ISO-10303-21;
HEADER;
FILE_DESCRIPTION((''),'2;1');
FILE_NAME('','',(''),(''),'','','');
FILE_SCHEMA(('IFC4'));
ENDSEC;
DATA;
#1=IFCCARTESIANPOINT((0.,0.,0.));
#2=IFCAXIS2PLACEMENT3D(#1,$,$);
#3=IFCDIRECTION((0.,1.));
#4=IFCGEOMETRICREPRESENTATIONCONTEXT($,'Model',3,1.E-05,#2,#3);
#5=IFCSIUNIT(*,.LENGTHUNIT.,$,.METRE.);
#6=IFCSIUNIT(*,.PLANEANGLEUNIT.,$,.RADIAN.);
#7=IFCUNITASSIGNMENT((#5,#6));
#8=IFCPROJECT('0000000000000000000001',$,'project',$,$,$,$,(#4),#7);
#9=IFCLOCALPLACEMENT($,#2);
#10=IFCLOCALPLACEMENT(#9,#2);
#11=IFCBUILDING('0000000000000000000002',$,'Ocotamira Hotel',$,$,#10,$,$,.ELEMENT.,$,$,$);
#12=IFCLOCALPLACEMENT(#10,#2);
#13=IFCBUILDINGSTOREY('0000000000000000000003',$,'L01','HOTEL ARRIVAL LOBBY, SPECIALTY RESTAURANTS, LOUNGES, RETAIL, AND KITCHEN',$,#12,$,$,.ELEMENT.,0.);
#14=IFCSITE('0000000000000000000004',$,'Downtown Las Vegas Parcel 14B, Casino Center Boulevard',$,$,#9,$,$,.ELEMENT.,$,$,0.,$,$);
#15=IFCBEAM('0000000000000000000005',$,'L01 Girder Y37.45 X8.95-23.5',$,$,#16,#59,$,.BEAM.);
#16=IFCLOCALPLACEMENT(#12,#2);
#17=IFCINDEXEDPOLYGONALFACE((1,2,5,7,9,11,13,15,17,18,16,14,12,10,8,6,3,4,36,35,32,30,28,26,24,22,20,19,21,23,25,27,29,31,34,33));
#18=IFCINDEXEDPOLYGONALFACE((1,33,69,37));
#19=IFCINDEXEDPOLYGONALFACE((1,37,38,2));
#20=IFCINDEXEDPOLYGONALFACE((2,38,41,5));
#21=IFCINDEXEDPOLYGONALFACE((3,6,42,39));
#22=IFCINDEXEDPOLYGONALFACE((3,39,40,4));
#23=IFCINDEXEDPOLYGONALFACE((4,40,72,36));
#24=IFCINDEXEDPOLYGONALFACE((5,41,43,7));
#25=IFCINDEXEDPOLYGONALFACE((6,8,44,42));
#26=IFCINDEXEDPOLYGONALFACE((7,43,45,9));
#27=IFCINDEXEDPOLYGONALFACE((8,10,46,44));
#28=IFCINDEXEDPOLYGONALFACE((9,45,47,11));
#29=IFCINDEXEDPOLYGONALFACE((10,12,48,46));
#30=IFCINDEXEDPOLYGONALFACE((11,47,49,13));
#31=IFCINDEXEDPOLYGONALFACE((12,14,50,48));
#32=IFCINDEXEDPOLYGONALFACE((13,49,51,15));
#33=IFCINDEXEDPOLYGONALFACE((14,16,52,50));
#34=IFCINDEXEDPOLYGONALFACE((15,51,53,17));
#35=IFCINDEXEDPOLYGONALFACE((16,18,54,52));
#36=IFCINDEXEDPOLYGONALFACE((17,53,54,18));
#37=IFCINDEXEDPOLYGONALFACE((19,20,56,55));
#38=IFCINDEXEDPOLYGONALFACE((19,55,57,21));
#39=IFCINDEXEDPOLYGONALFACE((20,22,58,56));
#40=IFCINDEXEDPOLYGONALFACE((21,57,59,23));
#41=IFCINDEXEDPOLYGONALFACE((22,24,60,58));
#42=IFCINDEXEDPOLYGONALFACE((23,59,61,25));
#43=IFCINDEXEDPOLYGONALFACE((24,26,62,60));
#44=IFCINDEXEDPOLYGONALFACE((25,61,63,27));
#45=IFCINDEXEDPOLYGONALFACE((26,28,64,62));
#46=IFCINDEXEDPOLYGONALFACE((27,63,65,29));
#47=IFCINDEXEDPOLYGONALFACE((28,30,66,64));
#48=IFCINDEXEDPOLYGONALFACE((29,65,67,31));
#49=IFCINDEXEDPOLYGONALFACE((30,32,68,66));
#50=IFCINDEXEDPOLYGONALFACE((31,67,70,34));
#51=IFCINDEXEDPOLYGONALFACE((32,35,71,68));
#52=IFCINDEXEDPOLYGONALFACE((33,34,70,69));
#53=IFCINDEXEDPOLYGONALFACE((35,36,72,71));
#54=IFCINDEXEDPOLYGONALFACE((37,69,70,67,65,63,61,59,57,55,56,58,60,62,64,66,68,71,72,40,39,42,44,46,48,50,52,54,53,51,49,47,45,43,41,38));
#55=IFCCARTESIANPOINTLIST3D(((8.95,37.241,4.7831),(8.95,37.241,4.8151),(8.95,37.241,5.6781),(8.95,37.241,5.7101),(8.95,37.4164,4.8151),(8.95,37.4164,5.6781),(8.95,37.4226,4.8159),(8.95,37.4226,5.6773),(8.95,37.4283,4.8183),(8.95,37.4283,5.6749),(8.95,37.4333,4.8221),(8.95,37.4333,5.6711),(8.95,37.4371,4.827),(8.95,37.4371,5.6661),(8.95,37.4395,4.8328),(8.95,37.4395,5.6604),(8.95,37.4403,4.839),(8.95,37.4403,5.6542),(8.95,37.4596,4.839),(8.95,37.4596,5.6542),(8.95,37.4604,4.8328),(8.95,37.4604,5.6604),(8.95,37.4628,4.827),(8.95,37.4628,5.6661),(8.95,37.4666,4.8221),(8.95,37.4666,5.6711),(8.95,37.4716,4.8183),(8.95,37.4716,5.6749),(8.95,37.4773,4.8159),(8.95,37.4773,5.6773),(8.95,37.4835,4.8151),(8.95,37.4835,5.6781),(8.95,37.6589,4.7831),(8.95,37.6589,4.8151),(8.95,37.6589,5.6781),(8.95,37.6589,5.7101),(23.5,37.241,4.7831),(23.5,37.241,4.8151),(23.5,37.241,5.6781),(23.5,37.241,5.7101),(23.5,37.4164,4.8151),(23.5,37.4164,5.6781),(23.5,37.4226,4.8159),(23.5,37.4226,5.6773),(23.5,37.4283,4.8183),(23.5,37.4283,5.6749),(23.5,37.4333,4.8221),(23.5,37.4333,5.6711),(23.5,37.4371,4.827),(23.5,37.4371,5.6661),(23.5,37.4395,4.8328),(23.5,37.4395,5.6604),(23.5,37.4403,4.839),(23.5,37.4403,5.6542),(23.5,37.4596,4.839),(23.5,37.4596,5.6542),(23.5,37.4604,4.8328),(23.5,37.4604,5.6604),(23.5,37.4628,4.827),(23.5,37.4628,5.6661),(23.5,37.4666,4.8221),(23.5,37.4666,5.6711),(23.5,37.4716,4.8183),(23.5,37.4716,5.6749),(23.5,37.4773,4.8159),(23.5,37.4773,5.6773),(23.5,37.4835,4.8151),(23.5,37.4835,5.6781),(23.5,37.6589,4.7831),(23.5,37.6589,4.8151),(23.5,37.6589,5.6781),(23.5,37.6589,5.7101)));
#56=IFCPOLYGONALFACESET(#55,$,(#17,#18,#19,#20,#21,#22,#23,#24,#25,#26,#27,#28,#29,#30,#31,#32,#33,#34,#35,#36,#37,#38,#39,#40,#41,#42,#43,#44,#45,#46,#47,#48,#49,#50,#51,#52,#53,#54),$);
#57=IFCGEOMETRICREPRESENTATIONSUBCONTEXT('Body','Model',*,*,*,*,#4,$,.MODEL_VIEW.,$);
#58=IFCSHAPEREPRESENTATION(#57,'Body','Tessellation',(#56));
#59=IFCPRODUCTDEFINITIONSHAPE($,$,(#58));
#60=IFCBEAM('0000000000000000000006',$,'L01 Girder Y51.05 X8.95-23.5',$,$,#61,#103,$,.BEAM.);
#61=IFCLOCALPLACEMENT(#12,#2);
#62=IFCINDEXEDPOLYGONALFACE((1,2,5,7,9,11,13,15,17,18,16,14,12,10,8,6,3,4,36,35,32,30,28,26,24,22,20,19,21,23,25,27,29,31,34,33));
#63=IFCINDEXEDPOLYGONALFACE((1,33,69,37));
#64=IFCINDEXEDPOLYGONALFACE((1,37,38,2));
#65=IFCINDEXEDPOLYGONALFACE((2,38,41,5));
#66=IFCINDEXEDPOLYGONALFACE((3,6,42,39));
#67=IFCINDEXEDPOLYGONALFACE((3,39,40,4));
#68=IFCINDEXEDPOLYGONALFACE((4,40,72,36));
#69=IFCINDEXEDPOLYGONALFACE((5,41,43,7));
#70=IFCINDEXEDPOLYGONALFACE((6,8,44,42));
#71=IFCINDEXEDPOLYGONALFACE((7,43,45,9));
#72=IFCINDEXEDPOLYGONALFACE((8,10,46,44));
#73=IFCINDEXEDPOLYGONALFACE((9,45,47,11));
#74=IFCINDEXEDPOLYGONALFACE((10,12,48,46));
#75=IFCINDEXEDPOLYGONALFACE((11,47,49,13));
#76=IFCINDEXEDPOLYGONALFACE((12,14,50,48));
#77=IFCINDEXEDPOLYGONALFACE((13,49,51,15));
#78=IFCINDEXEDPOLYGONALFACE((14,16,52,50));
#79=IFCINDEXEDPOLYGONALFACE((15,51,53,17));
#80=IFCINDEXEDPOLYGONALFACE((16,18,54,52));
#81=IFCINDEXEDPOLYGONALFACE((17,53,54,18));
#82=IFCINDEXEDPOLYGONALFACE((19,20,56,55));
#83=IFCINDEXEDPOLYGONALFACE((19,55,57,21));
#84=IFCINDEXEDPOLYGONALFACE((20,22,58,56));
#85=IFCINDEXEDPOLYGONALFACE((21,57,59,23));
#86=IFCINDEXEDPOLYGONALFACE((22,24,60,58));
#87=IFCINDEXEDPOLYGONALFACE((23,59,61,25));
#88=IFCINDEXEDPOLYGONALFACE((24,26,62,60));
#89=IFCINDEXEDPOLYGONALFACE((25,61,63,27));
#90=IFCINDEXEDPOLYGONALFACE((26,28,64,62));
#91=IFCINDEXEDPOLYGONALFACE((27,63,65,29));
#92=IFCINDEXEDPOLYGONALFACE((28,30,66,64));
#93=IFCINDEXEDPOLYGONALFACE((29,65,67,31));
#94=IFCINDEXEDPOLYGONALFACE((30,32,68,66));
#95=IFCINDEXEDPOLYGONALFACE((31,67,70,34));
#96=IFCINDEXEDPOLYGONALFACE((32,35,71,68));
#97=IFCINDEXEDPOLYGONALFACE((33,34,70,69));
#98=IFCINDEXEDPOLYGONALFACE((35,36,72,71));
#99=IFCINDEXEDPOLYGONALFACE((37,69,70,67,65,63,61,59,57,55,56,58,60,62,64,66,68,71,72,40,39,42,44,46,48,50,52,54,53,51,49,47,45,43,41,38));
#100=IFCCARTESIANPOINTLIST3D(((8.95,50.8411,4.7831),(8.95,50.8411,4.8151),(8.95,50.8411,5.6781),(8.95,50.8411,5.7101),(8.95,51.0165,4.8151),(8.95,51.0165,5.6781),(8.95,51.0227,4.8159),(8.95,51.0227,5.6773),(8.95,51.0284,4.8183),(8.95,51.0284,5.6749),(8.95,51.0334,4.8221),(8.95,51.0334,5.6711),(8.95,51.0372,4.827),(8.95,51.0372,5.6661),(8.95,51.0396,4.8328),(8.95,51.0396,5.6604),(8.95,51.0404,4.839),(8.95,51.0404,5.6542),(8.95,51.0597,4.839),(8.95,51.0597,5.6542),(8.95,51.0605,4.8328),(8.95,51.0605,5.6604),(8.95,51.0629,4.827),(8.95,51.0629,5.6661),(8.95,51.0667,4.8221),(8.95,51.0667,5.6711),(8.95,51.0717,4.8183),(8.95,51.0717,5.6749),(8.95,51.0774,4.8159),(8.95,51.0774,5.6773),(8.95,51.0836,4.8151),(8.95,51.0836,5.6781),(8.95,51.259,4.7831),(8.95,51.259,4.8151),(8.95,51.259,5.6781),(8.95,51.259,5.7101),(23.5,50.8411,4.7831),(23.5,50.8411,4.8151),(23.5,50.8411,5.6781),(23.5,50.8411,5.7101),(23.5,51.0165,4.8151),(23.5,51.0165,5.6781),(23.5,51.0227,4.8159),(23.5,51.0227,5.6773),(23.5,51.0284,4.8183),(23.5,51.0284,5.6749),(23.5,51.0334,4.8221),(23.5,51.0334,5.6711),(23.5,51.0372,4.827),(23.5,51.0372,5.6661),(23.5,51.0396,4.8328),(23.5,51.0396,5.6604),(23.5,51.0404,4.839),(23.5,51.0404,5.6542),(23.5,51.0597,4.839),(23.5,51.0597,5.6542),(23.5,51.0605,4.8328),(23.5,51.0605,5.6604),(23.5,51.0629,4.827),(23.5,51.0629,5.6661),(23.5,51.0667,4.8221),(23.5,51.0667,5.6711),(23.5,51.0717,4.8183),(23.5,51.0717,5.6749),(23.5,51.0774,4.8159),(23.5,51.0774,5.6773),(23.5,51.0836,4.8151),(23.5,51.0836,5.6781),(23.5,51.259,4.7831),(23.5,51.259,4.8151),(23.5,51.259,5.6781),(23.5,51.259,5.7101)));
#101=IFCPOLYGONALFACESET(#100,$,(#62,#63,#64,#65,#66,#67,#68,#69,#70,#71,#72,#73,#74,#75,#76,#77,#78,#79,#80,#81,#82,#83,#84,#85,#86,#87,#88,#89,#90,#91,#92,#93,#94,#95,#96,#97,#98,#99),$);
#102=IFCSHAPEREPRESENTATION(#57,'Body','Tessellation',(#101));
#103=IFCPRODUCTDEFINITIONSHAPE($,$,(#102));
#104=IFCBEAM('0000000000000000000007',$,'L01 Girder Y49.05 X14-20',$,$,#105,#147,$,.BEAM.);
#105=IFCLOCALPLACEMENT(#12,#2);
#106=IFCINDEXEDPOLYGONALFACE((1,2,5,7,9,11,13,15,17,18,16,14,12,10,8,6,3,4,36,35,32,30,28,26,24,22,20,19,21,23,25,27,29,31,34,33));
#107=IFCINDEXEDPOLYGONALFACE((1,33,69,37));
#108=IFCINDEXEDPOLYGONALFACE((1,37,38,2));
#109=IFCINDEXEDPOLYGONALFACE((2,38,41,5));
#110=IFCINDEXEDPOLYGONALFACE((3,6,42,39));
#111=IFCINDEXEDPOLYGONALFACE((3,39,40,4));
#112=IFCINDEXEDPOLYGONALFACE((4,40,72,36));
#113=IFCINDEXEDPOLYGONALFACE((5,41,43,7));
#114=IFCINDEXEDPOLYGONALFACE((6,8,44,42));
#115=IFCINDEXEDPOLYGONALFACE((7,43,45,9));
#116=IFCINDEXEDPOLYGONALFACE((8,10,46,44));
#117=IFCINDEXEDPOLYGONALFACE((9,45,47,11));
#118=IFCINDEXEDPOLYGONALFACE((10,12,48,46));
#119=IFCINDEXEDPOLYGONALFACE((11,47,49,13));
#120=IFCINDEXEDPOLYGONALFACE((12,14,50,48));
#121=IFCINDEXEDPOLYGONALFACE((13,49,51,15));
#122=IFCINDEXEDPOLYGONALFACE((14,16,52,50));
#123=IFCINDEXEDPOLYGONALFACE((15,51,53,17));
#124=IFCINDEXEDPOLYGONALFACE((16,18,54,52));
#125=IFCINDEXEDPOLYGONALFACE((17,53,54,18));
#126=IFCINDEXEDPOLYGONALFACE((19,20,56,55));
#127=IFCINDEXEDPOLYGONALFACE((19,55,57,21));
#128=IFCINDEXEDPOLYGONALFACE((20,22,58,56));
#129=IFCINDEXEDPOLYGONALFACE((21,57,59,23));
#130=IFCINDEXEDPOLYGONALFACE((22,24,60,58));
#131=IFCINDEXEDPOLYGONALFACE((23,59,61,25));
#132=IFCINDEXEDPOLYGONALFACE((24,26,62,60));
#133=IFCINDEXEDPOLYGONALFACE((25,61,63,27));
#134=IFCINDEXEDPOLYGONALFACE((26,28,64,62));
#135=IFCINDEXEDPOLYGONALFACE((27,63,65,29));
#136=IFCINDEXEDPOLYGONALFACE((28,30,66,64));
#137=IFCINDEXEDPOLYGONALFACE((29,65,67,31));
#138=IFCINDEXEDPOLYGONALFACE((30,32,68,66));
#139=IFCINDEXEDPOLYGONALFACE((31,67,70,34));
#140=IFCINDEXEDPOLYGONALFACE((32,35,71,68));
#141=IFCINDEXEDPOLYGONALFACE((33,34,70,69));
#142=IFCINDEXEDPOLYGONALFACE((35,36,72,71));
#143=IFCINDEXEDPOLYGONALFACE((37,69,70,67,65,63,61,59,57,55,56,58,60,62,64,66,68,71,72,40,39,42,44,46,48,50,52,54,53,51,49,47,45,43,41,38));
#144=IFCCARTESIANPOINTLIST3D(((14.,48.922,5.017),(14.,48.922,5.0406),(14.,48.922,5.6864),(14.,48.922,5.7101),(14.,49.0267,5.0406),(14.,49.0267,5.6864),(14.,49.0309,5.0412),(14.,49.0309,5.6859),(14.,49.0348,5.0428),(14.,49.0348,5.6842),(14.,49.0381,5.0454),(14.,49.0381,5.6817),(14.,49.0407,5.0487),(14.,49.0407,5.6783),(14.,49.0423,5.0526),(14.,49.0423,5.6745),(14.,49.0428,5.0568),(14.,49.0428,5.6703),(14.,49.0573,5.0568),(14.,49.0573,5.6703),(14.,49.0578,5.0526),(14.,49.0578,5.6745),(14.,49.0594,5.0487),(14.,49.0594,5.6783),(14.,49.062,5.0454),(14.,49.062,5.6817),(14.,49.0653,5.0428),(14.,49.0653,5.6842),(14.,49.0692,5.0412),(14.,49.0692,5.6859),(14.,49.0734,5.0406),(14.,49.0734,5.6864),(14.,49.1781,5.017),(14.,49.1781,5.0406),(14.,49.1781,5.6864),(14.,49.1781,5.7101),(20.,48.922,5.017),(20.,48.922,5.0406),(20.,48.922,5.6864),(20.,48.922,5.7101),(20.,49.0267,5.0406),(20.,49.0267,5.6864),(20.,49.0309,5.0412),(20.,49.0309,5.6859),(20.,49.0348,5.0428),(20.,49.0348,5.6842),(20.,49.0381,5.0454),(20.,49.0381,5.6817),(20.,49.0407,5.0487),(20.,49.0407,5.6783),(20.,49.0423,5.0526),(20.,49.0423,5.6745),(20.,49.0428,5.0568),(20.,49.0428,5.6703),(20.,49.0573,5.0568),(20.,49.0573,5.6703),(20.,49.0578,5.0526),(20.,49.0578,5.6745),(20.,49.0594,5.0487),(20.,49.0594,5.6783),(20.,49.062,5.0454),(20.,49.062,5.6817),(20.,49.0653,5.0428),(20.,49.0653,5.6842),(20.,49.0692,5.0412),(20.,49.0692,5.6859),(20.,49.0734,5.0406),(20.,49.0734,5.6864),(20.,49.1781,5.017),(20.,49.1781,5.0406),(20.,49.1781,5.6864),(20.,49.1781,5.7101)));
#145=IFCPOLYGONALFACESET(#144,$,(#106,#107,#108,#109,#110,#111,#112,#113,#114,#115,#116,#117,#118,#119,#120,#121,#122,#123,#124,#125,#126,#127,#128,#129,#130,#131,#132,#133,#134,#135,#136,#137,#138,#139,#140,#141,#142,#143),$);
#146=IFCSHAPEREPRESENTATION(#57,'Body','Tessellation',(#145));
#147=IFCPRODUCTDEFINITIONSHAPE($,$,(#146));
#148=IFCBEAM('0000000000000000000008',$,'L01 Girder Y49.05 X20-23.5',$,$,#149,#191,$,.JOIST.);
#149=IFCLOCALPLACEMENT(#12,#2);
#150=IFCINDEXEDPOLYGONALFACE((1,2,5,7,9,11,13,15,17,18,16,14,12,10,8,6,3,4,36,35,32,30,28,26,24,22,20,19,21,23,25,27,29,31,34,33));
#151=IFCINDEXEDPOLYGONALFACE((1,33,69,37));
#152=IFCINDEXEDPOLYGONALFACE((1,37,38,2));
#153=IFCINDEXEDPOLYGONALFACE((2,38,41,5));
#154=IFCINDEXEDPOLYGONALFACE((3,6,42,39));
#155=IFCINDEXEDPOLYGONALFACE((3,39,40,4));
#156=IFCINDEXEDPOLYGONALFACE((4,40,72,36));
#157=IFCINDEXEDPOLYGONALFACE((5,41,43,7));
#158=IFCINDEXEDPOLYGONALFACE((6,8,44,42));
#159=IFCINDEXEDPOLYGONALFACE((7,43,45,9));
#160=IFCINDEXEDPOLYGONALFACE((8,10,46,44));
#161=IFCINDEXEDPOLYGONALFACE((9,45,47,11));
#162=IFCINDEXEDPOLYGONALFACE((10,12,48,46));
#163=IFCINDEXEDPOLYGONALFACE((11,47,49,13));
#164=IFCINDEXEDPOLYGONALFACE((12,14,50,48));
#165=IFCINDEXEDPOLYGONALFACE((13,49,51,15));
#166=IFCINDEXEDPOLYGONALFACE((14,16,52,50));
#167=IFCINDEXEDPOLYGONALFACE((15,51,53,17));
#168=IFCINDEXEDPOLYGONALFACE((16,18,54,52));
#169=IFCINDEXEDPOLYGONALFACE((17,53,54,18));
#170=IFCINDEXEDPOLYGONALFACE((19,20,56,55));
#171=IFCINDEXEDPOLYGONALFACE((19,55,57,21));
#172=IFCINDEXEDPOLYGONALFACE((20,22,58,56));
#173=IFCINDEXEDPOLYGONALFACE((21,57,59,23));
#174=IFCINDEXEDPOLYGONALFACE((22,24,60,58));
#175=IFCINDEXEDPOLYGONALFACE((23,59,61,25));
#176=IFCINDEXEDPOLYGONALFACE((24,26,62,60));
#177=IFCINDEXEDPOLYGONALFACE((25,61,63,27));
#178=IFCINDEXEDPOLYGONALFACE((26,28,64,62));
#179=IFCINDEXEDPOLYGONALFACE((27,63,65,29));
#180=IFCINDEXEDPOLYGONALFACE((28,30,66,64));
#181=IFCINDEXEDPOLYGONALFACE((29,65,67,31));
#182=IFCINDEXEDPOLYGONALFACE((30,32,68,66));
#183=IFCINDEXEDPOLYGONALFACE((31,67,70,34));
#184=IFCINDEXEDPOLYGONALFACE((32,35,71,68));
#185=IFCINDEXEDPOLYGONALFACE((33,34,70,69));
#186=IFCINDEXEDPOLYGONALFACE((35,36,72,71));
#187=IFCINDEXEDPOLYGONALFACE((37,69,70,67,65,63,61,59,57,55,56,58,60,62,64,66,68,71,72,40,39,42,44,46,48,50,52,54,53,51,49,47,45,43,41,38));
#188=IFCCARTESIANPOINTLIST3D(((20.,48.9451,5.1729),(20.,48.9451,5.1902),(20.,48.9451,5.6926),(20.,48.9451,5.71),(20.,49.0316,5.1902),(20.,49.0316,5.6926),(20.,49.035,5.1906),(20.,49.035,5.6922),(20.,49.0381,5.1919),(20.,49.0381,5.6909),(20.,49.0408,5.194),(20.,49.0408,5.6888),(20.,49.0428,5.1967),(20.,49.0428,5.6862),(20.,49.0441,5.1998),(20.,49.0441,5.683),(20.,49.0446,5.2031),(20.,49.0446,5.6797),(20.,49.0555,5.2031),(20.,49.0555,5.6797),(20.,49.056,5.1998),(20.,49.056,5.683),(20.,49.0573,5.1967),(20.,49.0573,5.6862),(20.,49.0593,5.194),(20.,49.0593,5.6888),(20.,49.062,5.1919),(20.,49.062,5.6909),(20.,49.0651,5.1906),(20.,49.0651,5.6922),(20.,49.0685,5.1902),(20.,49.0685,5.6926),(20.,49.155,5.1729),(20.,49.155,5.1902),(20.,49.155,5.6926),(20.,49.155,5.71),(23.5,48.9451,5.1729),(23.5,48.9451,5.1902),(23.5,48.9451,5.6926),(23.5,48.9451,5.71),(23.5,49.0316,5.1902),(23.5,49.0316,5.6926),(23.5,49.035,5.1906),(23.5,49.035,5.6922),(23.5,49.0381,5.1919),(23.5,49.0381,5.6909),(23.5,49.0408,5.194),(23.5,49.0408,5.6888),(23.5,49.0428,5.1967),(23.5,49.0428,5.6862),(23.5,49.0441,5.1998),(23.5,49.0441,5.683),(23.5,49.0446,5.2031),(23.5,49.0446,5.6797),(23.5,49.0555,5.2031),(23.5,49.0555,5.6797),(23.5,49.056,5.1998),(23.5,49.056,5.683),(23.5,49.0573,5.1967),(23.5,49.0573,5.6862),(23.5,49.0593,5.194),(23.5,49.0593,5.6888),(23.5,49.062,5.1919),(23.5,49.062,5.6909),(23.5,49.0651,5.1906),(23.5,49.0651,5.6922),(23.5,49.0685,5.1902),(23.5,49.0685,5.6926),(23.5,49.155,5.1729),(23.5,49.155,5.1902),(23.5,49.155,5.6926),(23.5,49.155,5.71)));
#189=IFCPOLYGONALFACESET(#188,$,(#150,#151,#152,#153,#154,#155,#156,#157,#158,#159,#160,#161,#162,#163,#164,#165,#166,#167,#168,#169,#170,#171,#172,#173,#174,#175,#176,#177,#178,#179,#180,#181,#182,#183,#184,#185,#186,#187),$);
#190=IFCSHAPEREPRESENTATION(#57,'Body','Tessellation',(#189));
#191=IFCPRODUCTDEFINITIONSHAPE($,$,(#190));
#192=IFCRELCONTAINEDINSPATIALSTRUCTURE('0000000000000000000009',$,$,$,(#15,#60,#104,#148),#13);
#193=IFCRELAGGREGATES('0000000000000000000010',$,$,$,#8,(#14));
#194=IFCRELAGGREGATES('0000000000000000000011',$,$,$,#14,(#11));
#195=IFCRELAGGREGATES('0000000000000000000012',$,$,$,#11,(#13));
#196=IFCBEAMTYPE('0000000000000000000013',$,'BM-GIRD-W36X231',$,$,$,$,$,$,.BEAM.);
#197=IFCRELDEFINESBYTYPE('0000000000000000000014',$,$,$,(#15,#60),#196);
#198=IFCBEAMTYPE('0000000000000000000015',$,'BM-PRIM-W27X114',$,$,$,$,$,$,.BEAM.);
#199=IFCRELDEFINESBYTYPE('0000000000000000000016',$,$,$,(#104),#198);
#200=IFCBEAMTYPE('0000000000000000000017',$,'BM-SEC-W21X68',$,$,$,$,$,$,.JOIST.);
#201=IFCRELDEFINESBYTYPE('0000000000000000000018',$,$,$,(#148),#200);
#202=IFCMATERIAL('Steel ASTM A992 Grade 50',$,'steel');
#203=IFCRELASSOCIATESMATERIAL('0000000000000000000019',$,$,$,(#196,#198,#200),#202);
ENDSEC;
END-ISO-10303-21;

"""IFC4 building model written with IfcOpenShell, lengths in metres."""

from ifc_helpers import new_model, si_unit, direction, frame, origin, origin_2d, place, context, subcontext, project, spatial, i_section, extrude, source, transform, mapped, material, material_profile, profile_set, type_object, element, save


model = new_model("IFC4")

# Units and contexts
model_context = context("Model", 3, precision=1e-05, world=origin(), true_north=direction((0.0, 1.0)))
body_context = subcontext(model_context, "Body", "Model", "MODEL_VIEW")
ifc_project = project(units=[si_unit("LENGTHUNIT", "METRE"), si_unit("PLANEANGLEUNIT", "RADIAN")], contexts=[model_context])

# Site, building, storey
site_placement = place(None, origin())
site = spatial("IfcSite", under=ifc_project, at=site_placement, Name="Downtown Las Vegas Parcel 14B, Casino Center Boulevard", CompositionType="ELEMENT", RefElevation=0.0)
building_placement = place(site_placement, origin())
building = spatial("IfcBuilding", under=site, at=building_placement, Name="Ocotamira Hotel", CompositionType="ELEMENT")
storey_placement = place(building_placement, origin())
storey = spatial("IfcBuildingStorey", under=building, at=storey_placement, Name="L01", Description="HOTEL ARRIVAL LOBBY, SPECIALTY RESTAURANTS, LOUNGES, RETAIL, AND KITCHEN", CompositionType="ELEMENT", Elevation=0.0)

# Beams
ifc_material_1 = material(Name="Steel ASTM A992 Grade 50", Category="steel")
ifc_material_profile_1 = material_profile(ifc_material_1, i_section(OverallWidth=0.418, OverallDepth=0.927, WebThickness=0.0193, FlangeThickness=0.032, FilletRadius=0.0239, at=origin_2d()), Name="W36X231")
ifc_profile_set_1 = profile_set([ifc_material_profile_1], Name="Steel ASTM A992 Grade 50")
beam_type_1 = type_object("IfcBeamType", Name="BM-GIRD-W36X231", PredefinedType="BEAM", material=ifc_profile_set_1)
shared_shape_1 = source(origin(), body_context, "Body", "SweptSolid", [
    extrude(i_section(OverallWidth=0.418, OverallDepth=0.927, WebThickness=0.0193, FlangeThickness=0.032, FilletRadius=0.0239, at=origin_2d()), origin(), (0.0, 0.0, 1.0), 14.55),
])
for number, where, z_axis, x_axis, name in (
    (1, (8.95, 37.45, 5.2466), (1.0, 0.0, 0.0), (0.0, 1.0, 0.0), "L01 Girder Y37.45 X8.95-23.5"),
    (2, (8.95, 51.05, 5.2466), (1.0, 0.0, 0.0), (0.0, 1.0, 0.0), "L01 Girder Y51.05 X8.95-23.5"),
):
    element("IfcBeam", number, at=place(storey_placement, frame(where, z_axis=z_axis, x_axis=x_axis)), inside=storey, type_object=beam_type_1, Name=name, PredefinedType="BEAM", context=body_context, shape_type="MappedRepresentation", body=[
        mapped(shared_shape_1, transform((0.0, 0.0, 0.0), scale=1.0)),
    ])
ifc_material_profile_2 = material_profile(ifc_material_1, i_section(OverallWidth=0.2561, OverallDepth=0.6931, WebThickness=0.0144, FlangeThickness=0.0237, FilletRadius=0.0161, at=origin_2d()), Name="W27X114")
ifc_profile_set_2 = profile_set([ifc_material_profile_2], Name="Steel ASTM A992 Grade 50")
beam_type_2 = type_object("IfcBeamType", Name="BM-PRIM-W27X114", PredefinedType="BEAM", material=ifc_profile_set_2)
shared_shape_2 = source(origin(), body_context, "Body", "SweptSolid", [
    extrude(i_section(OverallWidth=0.2561, OverallDepth=0.6931, WebThickness=0.0144, FlangeThickness=0.0237, FilletRadius=0.0161, at=origin_2d()), origin(), (0.0, 0.0, 1.0), 6.0),
])
beam_1_placement = place(storey_placement, frame((14.0, 49.05, 5.3635), z_axis=(1.0, 0.0, 0.0), x_axis=(0.0, 1.0, 0.0)))
element("IfcBeam", 3, at=beam_1_placement, inside=storey, type_object=beam_type_2, Name="L01 Girder Y49.05 X14-20", PredefinedType="BEAM", context=body_context, shape_type="MappedRepresentation", body=[
    mapped(shared_shape_2, transform((0.0, 0.0, 0.0), scale=1.0)),
])
ifc_material_profile_3 = material_profile(ifc_material_1, i_section(OverallWidth=0.21, OverallDepth=0.5371, WebThickness=0.011, FlangeThickness=0.0173, FilletRadius=0.0129, at=origin_2d()), Name="W21X68")
ifc_profile_set_3 = profile_set([ifc_material_profile_3], Name="Steel ASTM A992 Grade 50")
beam_type_3 = type_object("IfcBeamType", Name="BM-SEC-W21X68", PredefinedType="JOIST", material=ifc_profile_set_3)
shared_shape_3 = source(origin(), body_context, "Body", "SweptSolid", [
    extrude(i_section(OverallWidth=0.21, OverallDepth=0.5371, WebThickness=0.011, FlangeThickness=0.0173, FilletRadius=0.0129, at=origin_2d()), origin(), (0.0, 0.0, 1.0), 3.5),
])
beam_2_placement = place(storey_placement, frame((20.0, 49.05, 5.4414), z_axis=(1.0, 0.0, 0.0), x_axis=(0.0, 1.0, 0.0)))
element("IfcBeam", 4, at=beam_2_placement, inside=storey, type_object=beam_type_3, Name="L01 Girder Y49.05 X20-23.5", PredefinedType="JOIST", context=body_context, shape_type="MappedRepresentation", body=[
    mapped(shared_shape_3, transform((0.0, 0.0, 0.0), scale=1.0)),
])

save(model, "model.ifc")
